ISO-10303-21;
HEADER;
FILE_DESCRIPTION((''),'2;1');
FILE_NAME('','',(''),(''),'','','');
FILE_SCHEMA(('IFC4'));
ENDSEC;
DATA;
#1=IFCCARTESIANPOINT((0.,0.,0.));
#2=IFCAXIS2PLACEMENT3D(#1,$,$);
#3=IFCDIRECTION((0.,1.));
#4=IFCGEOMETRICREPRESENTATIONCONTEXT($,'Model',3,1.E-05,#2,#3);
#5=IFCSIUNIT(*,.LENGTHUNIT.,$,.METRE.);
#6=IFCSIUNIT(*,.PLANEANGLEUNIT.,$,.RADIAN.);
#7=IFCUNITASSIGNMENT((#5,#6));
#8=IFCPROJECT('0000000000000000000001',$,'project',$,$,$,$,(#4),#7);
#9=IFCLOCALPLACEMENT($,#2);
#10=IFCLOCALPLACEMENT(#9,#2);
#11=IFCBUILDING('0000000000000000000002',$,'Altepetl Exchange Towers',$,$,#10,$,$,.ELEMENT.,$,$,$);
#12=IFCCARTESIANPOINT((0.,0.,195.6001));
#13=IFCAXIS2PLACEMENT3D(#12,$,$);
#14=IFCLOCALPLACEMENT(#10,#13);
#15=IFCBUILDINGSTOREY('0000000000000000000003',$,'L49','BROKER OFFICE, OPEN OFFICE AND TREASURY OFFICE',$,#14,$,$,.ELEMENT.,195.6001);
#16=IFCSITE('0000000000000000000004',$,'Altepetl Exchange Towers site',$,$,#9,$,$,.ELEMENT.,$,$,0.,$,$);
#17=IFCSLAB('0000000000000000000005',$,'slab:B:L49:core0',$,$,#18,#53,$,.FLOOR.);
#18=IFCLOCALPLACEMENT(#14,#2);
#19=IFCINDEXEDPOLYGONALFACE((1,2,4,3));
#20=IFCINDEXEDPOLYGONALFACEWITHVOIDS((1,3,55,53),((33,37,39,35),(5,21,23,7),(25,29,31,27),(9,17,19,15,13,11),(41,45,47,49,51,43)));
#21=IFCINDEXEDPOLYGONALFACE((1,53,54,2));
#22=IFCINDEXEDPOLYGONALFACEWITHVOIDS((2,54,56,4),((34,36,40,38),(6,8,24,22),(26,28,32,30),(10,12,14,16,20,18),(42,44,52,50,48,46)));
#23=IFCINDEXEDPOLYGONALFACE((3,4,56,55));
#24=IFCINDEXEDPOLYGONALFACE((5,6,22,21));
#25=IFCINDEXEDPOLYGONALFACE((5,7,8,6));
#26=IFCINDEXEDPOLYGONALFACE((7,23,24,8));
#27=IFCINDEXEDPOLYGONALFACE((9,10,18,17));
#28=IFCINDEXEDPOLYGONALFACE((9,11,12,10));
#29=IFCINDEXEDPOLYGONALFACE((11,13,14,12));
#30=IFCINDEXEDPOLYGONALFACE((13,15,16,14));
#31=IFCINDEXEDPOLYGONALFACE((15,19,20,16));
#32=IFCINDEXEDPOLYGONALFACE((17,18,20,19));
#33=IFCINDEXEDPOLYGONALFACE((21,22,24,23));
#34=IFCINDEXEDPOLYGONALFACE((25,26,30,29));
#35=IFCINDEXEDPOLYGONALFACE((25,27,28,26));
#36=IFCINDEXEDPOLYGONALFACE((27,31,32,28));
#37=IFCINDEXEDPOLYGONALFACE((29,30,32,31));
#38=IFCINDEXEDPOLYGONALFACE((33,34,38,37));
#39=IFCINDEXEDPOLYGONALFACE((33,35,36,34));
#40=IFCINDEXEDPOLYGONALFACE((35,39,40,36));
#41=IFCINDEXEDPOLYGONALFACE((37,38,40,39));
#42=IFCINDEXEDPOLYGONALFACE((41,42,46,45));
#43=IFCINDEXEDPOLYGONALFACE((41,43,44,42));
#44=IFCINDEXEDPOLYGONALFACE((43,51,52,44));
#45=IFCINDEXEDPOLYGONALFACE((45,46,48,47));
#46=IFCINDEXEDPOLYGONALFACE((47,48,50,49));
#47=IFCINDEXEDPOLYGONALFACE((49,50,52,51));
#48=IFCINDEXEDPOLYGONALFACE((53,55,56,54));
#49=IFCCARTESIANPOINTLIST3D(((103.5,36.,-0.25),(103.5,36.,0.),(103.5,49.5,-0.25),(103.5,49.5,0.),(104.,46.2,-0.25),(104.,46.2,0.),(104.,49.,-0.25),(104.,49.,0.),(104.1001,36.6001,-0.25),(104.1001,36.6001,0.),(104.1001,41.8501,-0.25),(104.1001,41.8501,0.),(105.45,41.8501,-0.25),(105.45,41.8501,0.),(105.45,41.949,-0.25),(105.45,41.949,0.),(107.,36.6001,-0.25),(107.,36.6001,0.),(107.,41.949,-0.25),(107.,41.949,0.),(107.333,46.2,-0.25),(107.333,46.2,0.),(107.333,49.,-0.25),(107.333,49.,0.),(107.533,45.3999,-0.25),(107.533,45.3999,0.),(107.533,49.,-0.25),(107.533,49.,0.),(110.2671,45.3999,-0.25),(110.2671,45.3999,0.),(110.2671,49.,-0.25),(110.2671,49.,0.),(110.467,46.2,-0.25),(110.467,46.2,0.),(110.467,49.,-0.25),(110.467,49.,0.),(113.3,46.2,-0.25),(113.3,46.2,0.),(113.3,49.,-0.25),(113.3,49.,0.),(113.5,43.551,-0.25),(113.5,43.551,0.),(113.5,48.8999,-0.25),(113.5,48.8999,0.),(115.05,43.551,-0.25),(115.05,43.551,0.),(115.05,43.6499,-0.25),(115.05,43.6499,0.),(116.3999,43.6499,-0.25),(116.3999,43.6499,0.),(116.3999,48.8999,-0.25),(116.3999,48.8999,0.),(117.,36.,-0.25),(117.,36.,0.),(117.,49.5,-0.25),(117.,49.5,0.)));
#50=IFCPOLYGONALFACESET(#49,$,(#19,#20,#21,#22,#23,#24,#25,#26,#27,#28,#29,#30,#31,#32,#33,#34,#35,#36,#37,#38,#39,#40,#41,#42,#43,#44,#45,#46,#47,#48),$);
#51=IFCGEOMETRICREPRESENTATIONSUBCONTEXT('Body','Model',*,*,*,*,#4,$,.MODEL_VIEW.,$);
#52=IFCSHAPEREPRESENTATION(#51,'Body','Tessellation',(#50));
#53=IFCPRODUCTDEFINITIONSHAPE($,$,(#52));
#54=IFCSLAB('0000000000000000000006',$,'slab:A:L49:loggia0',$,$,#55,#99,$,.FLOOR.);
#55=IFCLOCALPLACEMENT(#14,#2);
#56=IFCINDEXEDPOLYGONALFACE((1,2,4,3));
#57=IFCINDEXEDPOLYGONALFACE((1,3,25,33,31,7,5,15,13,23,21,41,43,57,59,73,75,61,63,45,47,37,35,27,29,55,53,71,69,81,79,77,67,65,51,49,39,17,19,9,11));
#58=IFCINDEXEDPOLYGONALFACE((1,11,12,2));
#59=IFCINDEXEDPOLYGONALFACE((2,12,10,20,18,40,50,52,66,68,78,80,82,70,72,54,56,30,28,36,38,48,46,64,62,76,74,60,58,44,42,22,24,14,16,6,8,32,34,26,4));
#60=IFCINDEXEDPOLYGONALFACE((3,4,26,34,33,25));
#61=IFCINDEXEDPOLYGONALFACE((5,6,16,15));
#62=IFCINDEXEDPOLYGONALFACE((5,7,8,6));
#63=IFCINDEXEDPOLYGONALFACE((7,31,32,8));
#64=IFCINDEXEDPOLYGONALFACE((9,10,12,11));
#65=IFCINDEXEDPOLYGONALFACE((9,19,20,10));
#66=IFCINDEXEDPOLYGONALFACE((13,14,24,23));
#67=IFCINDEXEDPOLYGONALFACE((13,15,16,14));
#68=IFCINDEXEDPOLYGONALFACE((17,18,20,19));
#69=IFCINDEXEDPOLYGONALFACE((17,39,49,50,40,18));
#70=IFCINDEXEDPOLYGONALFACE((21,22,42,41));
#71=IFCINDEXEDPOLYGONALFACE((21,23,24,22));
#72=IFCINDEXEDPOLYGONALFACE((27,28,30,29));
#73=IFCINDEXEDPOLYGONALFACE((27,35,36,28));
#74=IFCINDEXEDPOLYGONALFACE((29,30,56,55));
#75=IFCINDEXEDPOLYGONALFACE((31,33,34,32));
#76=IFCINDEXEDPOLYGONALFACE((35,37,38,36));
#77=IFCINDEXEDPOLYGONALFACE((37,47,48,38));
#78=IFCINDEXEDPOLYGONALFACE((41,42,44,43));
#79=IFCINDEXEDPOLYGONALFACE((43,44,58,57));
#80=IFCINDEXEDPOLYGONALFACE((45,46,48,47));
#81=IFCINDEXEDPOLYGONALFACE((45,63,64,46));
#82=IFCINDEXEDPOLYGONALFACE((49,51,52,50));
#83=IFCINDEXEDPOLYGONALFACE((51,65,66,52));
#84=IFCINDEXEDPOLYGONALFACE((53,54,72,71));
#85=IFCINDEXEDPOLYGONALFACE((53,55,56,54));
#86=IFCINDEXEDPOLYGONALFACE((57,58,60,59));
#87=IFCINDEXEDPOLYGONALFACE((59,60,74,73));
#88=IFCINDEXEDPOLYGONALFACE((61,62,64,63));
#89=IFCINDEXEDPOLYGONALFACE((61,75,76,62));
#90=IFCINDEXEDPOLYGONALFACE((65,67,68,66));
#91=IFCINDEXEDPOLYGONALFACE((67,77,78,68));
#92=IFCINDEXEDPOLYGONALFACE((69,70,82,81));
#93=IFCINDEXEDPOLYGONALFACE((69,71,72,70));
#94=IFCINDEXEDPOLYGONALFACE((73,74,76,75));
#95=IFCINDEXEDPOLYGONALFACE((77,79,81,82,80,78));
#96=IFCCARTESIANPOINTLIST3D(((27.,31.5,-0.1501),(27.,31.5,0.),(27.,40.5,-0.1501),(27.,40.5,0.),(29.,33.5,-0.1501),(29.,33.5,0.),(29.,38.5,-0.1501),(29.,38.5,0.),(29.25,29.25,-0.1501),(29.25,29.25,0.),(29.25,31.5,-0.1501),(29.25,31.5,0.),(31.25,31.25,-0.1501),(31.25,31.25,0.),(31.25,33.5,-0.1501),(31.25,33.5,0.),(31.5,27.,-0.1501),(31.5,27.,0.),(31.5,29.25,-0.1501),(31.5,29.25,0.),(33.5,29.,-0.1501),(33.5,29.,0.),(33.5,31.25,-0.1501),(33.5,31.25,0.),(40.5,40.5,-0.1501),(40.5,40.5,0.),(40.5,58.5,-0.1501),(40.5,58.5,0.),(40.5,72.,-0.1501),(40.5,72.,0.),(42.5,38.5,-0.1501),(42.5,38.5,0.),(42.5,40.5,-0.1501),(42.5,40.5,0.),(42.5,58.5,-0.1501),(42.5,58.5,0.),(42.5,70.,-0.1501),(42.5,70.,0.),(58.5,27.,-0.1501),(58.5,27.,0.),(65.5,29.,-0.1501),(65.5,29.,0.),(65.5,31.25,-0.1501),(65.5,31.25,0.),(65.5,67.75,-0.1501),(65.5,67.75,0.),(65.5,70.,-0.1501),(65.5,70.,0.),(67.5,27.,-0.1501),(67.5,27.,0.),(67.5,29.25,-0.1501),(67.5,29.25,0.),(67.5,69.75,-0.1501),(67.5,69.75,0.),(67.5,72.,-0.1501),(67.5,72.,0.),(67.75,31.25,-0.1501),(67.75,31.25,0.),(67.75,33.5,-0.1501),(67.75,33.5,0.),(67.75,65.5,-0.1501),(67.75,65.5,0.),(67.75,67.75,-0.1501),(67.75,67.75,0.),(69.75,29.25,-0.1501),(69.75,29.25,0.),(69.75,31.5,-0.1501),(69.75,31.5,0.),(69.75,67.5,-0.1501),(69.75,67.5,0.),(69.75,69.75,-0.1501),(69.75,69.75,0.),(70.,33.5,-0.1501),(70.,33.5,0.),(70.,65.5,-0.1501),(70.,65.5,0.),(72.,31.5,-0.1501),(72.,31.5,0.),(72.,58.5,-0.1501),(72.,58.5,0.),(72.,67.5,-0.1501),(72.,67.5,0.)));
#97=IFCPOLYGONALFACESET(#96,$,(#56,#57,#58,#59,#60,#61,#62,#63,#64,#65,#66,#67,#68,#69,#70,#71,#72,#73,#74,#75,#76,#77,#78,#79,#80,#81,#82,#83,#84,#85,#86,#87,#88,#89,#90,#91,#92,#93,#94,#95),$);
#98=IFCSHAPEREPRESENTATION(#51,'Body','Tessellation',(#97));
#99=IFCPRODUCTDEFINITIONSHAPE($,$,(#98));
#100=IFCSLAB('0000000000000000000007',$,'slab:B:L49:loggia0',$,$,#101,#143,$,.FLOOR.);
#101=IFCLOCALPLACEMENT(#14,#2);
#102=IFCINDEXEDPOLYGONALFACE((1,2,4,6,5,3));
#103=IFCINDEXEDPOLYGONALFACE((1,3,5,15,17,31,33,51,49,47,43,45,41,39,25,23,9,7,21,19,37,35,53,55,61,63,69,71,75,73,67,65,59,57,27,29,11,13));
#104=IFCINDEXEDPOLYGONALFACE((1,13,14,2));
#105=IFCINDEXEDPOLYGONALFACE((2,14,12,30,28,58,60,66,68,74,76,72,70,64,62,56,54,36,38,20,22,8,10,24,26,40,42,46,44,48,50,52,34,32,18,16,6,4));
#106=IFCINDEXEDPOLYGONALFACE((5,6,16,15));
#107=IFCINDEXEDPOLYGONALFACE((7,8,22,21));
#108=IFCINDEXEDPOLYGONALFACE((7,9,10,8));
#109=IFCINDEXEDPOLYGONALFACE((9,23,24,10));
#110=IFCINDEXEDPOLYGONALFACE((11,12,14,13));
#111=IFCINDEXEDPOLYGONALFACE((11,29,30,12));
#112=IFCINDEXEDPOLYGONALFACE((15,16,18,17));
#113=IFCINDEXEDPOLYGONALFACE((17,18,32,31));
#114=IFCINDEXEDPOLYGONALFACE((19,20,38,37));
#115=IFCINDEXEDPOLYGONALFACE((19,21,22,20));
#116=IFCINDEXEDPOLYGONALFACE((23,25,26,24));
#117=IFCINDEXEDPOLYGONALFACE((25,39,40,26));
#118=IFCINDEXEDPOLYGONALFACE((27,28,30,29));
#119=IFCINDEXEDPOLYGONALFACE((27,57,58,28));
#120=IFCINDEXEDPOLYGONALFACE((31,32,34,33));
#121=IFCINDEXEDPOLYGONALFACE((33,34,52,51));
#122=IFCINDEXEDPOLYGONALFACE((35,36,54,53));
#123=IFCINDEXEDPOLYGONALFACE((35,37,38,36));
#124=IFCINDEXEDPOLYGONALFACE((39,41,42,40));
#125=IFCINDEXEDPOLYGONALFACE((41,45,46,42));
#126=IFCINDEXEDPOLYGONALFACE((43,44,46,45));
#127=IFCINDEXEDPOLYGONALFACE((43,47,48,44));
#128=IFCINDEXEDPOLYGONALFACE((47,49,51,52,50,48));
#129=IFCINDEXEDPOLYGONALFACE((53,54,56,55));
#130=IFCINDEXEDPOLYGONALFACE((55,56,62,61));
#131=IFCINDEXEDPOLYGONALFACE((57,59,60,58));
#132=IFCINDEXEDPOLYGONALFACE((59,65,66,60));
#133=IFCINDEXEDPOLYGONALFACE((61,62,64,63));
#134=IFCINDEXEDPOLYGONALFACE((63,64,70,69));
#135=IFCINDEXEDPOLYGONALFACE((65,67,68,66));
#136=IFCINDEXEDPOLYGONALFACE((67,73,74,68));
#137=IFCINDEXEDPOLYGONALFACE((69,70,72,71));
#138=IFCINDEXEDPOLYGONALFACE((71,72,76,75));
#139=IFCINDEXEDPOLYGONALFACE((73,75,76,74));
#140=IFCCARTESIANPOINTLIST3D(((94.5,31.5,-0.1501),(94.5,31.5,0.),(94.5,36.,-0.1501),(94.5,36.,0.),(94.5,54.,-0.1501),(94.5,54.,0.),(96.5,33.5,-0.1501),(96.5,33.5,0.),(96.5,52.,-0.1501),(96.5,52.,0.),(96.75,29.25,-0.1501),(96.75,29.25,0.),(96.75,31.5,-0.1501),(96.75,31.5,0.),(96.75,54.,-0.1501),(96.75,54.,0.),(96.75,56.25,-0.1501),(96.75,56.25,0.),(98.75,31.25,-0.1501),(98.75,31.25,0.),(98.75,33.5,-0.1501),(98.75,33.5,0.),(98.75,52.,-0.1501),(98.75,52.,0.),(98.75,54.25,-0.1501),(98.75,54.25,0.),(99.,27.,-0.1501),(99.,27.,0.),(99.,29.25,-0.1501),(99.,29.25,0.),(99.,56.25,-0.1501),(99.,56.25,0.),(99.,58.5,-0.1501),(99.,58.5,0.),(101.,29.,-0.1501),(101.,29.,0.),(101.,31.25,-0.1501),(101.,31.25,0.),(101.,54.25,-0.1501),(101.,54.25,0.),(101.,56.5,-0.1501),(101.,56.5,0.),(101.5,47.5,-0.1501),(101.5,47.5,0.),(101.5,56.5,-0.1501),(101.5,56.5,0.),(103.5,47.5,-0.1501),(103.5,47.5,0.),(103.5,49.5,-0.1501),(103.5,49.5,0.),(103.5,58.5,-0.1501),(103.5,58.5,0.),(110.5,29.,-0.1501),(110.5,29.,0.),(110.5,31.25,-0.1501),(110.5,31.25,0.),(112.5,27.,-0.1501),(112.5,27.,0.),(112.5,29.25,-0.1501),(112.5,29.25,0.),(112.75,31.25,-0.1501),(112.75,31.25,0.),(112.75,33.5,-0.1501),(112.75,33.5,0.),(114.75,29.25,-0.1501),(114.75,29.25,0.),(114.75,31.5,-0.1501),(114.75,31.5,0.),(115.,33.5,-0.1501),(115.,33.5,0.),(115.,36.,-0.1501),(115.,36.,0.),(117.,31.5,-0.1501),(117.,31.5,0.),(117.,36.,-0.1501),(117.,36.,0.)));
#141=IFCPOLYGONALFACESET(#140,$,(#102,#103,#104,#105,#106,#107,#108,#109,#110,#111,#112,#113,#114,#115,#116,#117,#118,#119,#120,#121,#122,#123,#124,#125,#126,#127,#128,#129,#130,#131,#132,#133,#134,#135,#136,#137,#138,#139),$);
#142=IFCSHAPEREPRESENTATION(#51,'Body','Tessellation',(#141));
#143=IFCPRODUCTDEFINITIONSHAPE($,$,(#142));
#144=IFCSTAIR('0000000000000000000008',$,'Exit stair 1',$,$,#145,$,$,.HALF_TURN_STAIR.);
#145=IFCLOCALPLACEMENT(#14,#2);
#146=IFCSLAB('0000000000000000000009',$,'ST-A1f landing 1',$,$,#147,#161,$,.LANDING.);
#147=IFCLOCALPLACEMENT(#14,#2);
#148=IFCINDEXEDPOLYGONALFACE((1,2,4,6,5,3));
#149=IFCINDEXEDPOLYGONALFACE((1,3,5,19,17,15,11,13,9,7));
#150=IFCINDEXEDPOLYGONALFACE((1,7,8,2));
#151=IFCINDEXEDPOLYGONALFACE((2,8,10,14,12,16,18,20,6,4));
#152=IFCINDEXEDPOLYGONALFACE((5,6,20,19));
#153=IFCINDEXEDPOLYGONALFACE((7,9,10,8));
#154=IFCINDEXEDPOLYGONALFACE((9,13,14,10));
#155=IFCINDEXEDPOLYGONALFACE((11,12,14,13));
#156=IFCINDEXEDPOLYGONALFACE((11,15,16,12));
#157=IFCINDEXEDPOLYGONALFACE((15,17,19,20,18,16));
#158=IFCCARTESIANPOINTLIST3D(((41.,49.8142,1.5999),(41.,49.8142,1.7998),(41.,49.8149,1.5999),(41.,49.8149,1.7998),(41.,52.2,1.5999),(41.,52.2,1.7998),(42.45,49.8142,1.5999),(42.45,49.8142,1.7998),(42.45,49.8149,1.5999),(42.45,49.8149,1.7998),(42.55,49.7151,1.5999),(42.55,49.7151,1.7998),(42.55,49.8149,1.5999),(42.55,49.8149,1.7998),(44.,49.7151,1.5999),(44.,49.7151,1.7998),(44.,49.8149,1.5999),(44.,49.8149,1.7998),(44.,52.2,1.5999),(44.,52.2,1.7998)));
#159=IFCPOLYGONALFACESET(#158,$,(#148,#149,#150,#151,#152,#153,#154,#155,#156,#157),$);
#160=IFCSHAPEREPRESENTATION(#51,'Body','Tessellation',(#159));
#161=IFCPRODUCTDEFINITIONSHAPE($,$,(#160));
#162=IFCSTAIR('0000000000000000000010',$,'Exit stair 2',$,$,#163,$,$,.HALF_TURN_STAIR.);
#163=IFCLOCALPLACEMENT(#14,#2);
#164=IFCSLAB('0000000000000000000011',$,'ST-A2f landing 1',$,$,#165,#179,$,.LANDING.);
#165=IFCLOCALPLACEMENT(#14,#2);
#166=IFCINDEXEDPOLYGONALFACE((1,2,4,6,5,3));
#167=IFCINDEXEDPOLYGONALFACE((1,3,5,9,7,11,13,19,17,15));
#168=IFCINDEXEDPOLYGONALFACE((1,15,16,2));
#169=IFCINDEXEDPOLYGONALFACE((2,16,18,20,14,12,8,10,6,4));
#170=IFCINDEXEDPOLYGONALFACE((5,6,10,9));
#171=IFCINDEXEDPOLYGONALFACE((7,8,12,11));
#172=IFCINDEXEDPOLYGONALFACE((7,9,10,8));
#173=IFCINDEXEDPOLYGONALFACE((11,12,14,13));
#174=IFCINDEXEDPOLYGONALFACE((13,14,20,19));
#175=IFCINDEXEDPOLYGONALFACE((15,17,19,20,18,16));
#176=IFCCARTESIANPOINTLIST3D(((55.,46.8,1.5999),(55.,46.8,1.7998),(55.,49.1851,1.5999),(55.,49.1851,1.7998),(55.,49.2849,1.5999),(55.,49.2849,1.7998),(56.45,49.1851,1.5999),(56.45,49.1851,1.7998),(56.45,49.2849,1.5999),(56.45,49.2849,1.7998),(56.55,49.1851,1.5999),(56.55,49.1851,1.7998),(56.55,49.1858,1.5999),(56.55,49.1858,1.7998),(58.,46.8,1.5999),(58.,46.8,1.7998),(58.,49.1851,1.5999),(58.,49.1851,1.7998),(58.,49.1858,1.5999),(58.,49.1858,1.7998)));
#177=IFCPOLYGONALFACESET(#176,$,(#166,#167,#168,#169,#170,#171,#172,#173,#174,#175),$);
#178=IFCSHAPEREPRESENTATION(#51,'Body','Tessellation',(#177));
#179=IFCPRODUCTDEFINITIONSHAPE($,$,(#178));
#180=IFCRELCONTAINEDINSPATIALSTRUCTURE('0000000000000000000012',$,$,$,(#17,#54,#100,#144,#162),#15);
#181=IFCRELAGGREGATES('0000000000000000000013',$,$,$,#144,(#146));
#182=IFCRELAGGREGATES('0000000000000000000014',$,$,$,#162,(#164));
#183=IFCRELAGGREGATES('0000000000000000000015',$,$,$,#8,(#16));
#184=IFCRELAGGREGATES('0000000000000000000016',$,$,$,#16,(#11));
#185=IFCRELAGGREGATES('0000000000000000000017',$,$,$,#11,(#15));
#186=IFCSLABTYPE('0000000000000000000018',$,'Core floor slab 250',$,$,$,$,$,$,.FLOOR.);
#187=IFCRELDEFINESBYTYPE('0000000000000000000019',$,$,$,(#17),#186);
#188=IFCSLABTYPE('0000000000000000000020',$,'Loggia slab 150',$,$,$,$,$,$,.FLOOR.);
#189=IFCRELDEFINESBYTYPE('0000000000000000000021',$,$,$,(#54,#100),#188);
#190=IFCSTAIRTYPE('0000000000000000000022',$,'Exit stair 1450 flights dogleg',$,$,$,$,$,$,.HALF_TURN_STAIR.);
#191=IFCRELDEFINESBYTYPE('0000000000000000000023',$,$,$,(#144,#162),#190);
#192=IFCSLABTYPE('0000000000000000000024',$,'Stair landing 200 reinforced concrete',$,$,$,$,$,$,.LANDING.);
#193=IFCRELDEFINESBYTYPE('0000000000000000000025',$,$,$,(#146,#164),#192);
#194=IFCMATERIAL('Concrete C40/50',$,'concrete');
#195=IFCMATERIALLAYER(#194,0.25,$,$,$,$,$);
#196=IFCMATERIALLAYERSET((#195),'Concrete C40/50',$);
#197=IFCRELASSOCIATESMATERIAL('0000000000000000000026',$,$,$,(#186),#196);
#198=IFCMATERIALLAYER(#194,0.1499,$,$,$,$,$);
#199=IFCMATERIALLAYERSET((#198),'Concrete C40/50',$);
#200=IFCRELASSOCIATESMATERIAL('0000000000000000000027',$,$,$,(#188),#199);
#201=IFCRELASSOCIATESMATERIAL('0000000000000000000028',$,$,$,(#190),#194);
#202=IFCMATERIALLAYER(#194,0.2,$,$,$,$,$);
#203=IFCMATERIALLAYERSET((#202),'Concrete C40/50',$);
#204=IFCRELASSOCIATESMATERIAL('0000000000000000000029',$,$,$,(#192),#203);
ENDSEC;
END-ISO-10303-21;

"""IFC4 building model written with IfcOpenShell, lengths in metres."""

from ifc_helpers import new_model, si_unit, direction, frame, origin, place, context, subcontext, project, spatial, polyline, outline, extrude, material, layer, layer_set, type_object, element, aggregate, save


model = new_model("IFC4")

# Units and contexts
model_context = context("Model", 3, precision=1e-05, world=origin(), true_north=direction((0.0, 1.0)))
body_context = subcontext(model_context, "Body", "Model", "MODEL_VIEW")
ifc_project = project(units=[si_unit("LENGTHUNIT", "METRE"), si_unit("PLANEANGLEUNIT", "RADIAN")], contexts=[model_context])

# Site, building, storey
site_placement = place(None, origin())
site = spatial("IfcSite", under=ifc_project, at=site_placement, Name="Altepetl Exchange Towers site", CompositionType="ELEMENT", RefElevation=0.0)
building_placement = place(site_placement, origin())
building = spatial("IfcBuilding", under=site, at=building_placement, Name="Altepetl Exchange Towers", CompositionType="ELEMENT")
storey_placement = place(building_placement, frame((0.0, 0.0, 195.6001)))
storey = spatial("IfcBuildingStorey", under=building, at=storey_placement, Name="L49", Description="BROKER OFFICE, OPEN OFFICE AND TREASURY OFFICE", CompositionType="ELEMENT", Elevation=195.6001)

# Slabs
ifc_material_1 = material(Name="Concrete C40/50", Category="concrete")
ifc_layer_1 = layer(ifc_material_1, 0.25)
ifc_layer_set_1 = layer_set([ifc_layer_1], Name="Concrete C40/50")
slab_type_1 = type_object("IfcSlabType", Name="Core floor slab 250", PredefinedType="FLOOR", material=ifc_layer_set_1)
slab_1_placement = place(storey_placement, frame((0.0, 0.0, -0.25)))
element("IfcSlab", 1, at=slab_1_placement, inside=storey, type_object=slab_type_1, Name="slab:B:L49:core0", PredefinedType="FLOOR", context=body_context, shape_type="SweptSolid", body=[
    extrude(outline(polyline([(103.5, 36.0), (117.0, 36.0), (117.0, 49.5), (103.5, 49.5), (103.5, 36.0)]), holes=[polyline([(107.0, 36.6001), (104.1001, 36.6001), (104.1001, 41.8501), (105.45, 41.8501), (105.45, 41.949), (107.0, 41.949), (107.0, 36.6001)]), polyline([(113.5, 48.8999), (116.3999, 48.8999), (116.3999, 43.6499), (115.05, 43.6499), (115.05, 43.551), (113.5, 43.551), (113.5, 48.8999)]), polyline([(107.533, 45.3999), (107.533, 49.0), (110.2671, 49.0), (110.2671, 45.3999), (107.533, 45.3999)]), polyline([(104.0, 49.0), (107.333, 49.0), (107.333, 46.2), (104.0, 46.2), (104.0, 49.0)]), polyline([(110.467, 49.0), (113.3, 49.0), (113.3, 46.2), (110.467, 46.2), (110.467, 49.0)])]), origin(), (0.0, 0.0, 1.0), 0.25),
])
ifc_layer_2 = layer(ifc_material_1, 0.1499)
ifc_layer_set_2 = layer_set([ifc_layer_2], Name="Concrete C40/50")
slab_type_2 = type_object("IfcSlabType", Name="Loggia slab 150", PredefinedType="FLOOR", material=ifc_layer_set_2)
slab_2_placement = place(storey_placement, frame((0.0, 0.0, -0.1501)))
element("IfcSlab", 2, at=slab_2_placement, inside=storey, type_object=slab_type_2, Name="slab:A:L49:loggia0", PredefinedType="FLOOR", context=body_context, shape_type="SweptSolid", body=[
    extrude(outline(polyline([(40.5, 72.0), (40.5, 58.5), (42.5, 58.5), (42.5, 70.0), (65.5, 70.0), (65.5, 67.75), (67.75, 67.75), (67.75, 65.5), (70.0, 65.5), (70.0, 33.5), (67.75, 33.5), (67.75, 31.25), (65.5, 31.25), (65.5, 29.0), (33.5, 29.0), (33.5, 31.25), (31.25, 31.25), (31.25, 33.5), (29.0, 33.5), (29.0, 38.5), (42.5, 38.5), (42.5, 40.5), (40.5, 40.5), (27.0, 40.5), (27.0, 31.5), (29.25, 31.5), (29.25, 29.25), (31.5, 29.25), (31.5, 27.0), (58.5, 27.0), (67.5, 27.0), (67.5, 29.25), (69.75, 29.25), (69.75, 31.5), (72.0, 31.5), (72.0, 58.5), (72.0, 67.5), (69.75, 67.5), (69.75, 69.75), (67.5, 69.75), (67.5, 72.0), (40.5, 72.0)])), origin(), (0.0, 0.0, 1.0), 0.1501),
])
slab_3_placement = place(storey_placement, frame((0.0, 0.0, -0.1501)))
element("IfcSlab", 3, at=slab_3_placement, inside=storey, type_object=slab_type_2, Name="slab:B:L49:loggia0", PredefinedType="FLOOR", context=body_context, shape_type="SweptSolid", body=[
    extrude(outline(polyline([(99.0, 29.25), (99.0, 27.0), (112.5, 27.0), (112.5, 29.25), (114.75, 29.25), (114.75, 31.5), (117.0, 31.5), (117.0, 36.0), (115.0, 36.0), (115.0, 33.5), (112.75, 33.5), (112.75, 31.25), (110.5, 31.25), (110.5, 29.0), (101.0, 29.0), (101.0, 31.25), (98.75, 31.25), (98.75, 33.5), (96.5, 33.5), (96.5, 52.0), (98.75, 52.0), (98.75, 54.25), (101.0, 54.25), (101.0, 56.5), (101.5, 56.5), (101.5, 47.5), (103.5, 47.5), (103.5, 49.5), (103.5, 58.5), (99.0, 58.5), (99.0, 56.25), (96.75, 56.25), (96.75, 54.0), (94.5, 54.0), (94.5, 36.0), (94.5, 31.5), (96.75, 31.5), (96.75, 29.25), (99.0, 29.25)])), origin(), (0.0, 0.0, 1.0), 0.1501),
])

# Stairs, slabs
stair_type = type_object("IfcStairType", Name="Exit stair 1450 flights dogleg", PredefinedType="HALF_TURN_STAIR", material=ifc_material_1)
stair_1_placement = place(storey_placement, origin())
stair_1 = element("IfcStair", 4, at=stair_1_placement, inside=storey, type_object=stair_type, Name="Exit stair 1", PredefinedType="HALF_TURN_STAIR")
ifc_layer_3 = layer(ifc_material_1, 0.2)
ifc_layer_set_3 = layer_set([ifc_layer_3], Name="Concrete C40/50")
slab_type_3 = type_object("IfcSlabType", Name="Stair landing 200 reinforced concrete", PredefinedType="LANDING", material=ifc_layer_set_3)
slab_4_placement = place(storey_placement, frame((0.0, 0.0, 1.5999)))
slab_4 = element("IfcSlab", 5, at=slab_4_placement, type_object=slab_type_3, Name="ST-A1f landing 1", PredefinedType="LANDING", context=body_context, shape_type="SweptSolid", body=[
    extrude(outline(polyline([(44.0, 49.7151), (42.55, 49.7151), (42.55, 49.8149), (42.45, 49.8149), (42.45, 49.8142), (41.0, 49.8142), (41.0, 49.8149), (41.0, 52.2), (44.0, 52.2), (44.0, 49.8149), (44.0, 49.7151)])), origin(), (0.0, 0.0, 1.0), 0.2),
])
aggregate(stair_1, [slab_4])
stair_2_placement = place(storey_placement, origin())
stair_2 = element("IfcStair", 6, at=stair_2_placement, inside=storey, type_object=stair_type, Name="Exit stair 2", PredefinedType="HALF_TURN_STAIR")
slab_5_placement = place(storey_placement, frame((0.0, 0.0, 1.5999)))
slab_5 = element("IfcSlab", 7, at=slab_5_placement, type_object=slab_type_3, Name="ST-A2f landing 1", PredefinedType="LANDING", context=body_context, shape_type="SweptSolid", body=[
    extrude(outline(polyline([(58.0, 46.8), (55.0, 46.8), (55.0, 49.1851), (55.0, 49.2849), (56.45, 49.2849), (56.45, 49.1851), (56.55, 49.1851), (56.55, 49.1858), (58.0, 49.1858), (58.0, 49.1851), (58.0, 46.8)])), origin(), (0.0, 0.0, 1.0), 0.2),
])
aggregate(stair_2, [slab_5])

save(model, "model.ifc")
